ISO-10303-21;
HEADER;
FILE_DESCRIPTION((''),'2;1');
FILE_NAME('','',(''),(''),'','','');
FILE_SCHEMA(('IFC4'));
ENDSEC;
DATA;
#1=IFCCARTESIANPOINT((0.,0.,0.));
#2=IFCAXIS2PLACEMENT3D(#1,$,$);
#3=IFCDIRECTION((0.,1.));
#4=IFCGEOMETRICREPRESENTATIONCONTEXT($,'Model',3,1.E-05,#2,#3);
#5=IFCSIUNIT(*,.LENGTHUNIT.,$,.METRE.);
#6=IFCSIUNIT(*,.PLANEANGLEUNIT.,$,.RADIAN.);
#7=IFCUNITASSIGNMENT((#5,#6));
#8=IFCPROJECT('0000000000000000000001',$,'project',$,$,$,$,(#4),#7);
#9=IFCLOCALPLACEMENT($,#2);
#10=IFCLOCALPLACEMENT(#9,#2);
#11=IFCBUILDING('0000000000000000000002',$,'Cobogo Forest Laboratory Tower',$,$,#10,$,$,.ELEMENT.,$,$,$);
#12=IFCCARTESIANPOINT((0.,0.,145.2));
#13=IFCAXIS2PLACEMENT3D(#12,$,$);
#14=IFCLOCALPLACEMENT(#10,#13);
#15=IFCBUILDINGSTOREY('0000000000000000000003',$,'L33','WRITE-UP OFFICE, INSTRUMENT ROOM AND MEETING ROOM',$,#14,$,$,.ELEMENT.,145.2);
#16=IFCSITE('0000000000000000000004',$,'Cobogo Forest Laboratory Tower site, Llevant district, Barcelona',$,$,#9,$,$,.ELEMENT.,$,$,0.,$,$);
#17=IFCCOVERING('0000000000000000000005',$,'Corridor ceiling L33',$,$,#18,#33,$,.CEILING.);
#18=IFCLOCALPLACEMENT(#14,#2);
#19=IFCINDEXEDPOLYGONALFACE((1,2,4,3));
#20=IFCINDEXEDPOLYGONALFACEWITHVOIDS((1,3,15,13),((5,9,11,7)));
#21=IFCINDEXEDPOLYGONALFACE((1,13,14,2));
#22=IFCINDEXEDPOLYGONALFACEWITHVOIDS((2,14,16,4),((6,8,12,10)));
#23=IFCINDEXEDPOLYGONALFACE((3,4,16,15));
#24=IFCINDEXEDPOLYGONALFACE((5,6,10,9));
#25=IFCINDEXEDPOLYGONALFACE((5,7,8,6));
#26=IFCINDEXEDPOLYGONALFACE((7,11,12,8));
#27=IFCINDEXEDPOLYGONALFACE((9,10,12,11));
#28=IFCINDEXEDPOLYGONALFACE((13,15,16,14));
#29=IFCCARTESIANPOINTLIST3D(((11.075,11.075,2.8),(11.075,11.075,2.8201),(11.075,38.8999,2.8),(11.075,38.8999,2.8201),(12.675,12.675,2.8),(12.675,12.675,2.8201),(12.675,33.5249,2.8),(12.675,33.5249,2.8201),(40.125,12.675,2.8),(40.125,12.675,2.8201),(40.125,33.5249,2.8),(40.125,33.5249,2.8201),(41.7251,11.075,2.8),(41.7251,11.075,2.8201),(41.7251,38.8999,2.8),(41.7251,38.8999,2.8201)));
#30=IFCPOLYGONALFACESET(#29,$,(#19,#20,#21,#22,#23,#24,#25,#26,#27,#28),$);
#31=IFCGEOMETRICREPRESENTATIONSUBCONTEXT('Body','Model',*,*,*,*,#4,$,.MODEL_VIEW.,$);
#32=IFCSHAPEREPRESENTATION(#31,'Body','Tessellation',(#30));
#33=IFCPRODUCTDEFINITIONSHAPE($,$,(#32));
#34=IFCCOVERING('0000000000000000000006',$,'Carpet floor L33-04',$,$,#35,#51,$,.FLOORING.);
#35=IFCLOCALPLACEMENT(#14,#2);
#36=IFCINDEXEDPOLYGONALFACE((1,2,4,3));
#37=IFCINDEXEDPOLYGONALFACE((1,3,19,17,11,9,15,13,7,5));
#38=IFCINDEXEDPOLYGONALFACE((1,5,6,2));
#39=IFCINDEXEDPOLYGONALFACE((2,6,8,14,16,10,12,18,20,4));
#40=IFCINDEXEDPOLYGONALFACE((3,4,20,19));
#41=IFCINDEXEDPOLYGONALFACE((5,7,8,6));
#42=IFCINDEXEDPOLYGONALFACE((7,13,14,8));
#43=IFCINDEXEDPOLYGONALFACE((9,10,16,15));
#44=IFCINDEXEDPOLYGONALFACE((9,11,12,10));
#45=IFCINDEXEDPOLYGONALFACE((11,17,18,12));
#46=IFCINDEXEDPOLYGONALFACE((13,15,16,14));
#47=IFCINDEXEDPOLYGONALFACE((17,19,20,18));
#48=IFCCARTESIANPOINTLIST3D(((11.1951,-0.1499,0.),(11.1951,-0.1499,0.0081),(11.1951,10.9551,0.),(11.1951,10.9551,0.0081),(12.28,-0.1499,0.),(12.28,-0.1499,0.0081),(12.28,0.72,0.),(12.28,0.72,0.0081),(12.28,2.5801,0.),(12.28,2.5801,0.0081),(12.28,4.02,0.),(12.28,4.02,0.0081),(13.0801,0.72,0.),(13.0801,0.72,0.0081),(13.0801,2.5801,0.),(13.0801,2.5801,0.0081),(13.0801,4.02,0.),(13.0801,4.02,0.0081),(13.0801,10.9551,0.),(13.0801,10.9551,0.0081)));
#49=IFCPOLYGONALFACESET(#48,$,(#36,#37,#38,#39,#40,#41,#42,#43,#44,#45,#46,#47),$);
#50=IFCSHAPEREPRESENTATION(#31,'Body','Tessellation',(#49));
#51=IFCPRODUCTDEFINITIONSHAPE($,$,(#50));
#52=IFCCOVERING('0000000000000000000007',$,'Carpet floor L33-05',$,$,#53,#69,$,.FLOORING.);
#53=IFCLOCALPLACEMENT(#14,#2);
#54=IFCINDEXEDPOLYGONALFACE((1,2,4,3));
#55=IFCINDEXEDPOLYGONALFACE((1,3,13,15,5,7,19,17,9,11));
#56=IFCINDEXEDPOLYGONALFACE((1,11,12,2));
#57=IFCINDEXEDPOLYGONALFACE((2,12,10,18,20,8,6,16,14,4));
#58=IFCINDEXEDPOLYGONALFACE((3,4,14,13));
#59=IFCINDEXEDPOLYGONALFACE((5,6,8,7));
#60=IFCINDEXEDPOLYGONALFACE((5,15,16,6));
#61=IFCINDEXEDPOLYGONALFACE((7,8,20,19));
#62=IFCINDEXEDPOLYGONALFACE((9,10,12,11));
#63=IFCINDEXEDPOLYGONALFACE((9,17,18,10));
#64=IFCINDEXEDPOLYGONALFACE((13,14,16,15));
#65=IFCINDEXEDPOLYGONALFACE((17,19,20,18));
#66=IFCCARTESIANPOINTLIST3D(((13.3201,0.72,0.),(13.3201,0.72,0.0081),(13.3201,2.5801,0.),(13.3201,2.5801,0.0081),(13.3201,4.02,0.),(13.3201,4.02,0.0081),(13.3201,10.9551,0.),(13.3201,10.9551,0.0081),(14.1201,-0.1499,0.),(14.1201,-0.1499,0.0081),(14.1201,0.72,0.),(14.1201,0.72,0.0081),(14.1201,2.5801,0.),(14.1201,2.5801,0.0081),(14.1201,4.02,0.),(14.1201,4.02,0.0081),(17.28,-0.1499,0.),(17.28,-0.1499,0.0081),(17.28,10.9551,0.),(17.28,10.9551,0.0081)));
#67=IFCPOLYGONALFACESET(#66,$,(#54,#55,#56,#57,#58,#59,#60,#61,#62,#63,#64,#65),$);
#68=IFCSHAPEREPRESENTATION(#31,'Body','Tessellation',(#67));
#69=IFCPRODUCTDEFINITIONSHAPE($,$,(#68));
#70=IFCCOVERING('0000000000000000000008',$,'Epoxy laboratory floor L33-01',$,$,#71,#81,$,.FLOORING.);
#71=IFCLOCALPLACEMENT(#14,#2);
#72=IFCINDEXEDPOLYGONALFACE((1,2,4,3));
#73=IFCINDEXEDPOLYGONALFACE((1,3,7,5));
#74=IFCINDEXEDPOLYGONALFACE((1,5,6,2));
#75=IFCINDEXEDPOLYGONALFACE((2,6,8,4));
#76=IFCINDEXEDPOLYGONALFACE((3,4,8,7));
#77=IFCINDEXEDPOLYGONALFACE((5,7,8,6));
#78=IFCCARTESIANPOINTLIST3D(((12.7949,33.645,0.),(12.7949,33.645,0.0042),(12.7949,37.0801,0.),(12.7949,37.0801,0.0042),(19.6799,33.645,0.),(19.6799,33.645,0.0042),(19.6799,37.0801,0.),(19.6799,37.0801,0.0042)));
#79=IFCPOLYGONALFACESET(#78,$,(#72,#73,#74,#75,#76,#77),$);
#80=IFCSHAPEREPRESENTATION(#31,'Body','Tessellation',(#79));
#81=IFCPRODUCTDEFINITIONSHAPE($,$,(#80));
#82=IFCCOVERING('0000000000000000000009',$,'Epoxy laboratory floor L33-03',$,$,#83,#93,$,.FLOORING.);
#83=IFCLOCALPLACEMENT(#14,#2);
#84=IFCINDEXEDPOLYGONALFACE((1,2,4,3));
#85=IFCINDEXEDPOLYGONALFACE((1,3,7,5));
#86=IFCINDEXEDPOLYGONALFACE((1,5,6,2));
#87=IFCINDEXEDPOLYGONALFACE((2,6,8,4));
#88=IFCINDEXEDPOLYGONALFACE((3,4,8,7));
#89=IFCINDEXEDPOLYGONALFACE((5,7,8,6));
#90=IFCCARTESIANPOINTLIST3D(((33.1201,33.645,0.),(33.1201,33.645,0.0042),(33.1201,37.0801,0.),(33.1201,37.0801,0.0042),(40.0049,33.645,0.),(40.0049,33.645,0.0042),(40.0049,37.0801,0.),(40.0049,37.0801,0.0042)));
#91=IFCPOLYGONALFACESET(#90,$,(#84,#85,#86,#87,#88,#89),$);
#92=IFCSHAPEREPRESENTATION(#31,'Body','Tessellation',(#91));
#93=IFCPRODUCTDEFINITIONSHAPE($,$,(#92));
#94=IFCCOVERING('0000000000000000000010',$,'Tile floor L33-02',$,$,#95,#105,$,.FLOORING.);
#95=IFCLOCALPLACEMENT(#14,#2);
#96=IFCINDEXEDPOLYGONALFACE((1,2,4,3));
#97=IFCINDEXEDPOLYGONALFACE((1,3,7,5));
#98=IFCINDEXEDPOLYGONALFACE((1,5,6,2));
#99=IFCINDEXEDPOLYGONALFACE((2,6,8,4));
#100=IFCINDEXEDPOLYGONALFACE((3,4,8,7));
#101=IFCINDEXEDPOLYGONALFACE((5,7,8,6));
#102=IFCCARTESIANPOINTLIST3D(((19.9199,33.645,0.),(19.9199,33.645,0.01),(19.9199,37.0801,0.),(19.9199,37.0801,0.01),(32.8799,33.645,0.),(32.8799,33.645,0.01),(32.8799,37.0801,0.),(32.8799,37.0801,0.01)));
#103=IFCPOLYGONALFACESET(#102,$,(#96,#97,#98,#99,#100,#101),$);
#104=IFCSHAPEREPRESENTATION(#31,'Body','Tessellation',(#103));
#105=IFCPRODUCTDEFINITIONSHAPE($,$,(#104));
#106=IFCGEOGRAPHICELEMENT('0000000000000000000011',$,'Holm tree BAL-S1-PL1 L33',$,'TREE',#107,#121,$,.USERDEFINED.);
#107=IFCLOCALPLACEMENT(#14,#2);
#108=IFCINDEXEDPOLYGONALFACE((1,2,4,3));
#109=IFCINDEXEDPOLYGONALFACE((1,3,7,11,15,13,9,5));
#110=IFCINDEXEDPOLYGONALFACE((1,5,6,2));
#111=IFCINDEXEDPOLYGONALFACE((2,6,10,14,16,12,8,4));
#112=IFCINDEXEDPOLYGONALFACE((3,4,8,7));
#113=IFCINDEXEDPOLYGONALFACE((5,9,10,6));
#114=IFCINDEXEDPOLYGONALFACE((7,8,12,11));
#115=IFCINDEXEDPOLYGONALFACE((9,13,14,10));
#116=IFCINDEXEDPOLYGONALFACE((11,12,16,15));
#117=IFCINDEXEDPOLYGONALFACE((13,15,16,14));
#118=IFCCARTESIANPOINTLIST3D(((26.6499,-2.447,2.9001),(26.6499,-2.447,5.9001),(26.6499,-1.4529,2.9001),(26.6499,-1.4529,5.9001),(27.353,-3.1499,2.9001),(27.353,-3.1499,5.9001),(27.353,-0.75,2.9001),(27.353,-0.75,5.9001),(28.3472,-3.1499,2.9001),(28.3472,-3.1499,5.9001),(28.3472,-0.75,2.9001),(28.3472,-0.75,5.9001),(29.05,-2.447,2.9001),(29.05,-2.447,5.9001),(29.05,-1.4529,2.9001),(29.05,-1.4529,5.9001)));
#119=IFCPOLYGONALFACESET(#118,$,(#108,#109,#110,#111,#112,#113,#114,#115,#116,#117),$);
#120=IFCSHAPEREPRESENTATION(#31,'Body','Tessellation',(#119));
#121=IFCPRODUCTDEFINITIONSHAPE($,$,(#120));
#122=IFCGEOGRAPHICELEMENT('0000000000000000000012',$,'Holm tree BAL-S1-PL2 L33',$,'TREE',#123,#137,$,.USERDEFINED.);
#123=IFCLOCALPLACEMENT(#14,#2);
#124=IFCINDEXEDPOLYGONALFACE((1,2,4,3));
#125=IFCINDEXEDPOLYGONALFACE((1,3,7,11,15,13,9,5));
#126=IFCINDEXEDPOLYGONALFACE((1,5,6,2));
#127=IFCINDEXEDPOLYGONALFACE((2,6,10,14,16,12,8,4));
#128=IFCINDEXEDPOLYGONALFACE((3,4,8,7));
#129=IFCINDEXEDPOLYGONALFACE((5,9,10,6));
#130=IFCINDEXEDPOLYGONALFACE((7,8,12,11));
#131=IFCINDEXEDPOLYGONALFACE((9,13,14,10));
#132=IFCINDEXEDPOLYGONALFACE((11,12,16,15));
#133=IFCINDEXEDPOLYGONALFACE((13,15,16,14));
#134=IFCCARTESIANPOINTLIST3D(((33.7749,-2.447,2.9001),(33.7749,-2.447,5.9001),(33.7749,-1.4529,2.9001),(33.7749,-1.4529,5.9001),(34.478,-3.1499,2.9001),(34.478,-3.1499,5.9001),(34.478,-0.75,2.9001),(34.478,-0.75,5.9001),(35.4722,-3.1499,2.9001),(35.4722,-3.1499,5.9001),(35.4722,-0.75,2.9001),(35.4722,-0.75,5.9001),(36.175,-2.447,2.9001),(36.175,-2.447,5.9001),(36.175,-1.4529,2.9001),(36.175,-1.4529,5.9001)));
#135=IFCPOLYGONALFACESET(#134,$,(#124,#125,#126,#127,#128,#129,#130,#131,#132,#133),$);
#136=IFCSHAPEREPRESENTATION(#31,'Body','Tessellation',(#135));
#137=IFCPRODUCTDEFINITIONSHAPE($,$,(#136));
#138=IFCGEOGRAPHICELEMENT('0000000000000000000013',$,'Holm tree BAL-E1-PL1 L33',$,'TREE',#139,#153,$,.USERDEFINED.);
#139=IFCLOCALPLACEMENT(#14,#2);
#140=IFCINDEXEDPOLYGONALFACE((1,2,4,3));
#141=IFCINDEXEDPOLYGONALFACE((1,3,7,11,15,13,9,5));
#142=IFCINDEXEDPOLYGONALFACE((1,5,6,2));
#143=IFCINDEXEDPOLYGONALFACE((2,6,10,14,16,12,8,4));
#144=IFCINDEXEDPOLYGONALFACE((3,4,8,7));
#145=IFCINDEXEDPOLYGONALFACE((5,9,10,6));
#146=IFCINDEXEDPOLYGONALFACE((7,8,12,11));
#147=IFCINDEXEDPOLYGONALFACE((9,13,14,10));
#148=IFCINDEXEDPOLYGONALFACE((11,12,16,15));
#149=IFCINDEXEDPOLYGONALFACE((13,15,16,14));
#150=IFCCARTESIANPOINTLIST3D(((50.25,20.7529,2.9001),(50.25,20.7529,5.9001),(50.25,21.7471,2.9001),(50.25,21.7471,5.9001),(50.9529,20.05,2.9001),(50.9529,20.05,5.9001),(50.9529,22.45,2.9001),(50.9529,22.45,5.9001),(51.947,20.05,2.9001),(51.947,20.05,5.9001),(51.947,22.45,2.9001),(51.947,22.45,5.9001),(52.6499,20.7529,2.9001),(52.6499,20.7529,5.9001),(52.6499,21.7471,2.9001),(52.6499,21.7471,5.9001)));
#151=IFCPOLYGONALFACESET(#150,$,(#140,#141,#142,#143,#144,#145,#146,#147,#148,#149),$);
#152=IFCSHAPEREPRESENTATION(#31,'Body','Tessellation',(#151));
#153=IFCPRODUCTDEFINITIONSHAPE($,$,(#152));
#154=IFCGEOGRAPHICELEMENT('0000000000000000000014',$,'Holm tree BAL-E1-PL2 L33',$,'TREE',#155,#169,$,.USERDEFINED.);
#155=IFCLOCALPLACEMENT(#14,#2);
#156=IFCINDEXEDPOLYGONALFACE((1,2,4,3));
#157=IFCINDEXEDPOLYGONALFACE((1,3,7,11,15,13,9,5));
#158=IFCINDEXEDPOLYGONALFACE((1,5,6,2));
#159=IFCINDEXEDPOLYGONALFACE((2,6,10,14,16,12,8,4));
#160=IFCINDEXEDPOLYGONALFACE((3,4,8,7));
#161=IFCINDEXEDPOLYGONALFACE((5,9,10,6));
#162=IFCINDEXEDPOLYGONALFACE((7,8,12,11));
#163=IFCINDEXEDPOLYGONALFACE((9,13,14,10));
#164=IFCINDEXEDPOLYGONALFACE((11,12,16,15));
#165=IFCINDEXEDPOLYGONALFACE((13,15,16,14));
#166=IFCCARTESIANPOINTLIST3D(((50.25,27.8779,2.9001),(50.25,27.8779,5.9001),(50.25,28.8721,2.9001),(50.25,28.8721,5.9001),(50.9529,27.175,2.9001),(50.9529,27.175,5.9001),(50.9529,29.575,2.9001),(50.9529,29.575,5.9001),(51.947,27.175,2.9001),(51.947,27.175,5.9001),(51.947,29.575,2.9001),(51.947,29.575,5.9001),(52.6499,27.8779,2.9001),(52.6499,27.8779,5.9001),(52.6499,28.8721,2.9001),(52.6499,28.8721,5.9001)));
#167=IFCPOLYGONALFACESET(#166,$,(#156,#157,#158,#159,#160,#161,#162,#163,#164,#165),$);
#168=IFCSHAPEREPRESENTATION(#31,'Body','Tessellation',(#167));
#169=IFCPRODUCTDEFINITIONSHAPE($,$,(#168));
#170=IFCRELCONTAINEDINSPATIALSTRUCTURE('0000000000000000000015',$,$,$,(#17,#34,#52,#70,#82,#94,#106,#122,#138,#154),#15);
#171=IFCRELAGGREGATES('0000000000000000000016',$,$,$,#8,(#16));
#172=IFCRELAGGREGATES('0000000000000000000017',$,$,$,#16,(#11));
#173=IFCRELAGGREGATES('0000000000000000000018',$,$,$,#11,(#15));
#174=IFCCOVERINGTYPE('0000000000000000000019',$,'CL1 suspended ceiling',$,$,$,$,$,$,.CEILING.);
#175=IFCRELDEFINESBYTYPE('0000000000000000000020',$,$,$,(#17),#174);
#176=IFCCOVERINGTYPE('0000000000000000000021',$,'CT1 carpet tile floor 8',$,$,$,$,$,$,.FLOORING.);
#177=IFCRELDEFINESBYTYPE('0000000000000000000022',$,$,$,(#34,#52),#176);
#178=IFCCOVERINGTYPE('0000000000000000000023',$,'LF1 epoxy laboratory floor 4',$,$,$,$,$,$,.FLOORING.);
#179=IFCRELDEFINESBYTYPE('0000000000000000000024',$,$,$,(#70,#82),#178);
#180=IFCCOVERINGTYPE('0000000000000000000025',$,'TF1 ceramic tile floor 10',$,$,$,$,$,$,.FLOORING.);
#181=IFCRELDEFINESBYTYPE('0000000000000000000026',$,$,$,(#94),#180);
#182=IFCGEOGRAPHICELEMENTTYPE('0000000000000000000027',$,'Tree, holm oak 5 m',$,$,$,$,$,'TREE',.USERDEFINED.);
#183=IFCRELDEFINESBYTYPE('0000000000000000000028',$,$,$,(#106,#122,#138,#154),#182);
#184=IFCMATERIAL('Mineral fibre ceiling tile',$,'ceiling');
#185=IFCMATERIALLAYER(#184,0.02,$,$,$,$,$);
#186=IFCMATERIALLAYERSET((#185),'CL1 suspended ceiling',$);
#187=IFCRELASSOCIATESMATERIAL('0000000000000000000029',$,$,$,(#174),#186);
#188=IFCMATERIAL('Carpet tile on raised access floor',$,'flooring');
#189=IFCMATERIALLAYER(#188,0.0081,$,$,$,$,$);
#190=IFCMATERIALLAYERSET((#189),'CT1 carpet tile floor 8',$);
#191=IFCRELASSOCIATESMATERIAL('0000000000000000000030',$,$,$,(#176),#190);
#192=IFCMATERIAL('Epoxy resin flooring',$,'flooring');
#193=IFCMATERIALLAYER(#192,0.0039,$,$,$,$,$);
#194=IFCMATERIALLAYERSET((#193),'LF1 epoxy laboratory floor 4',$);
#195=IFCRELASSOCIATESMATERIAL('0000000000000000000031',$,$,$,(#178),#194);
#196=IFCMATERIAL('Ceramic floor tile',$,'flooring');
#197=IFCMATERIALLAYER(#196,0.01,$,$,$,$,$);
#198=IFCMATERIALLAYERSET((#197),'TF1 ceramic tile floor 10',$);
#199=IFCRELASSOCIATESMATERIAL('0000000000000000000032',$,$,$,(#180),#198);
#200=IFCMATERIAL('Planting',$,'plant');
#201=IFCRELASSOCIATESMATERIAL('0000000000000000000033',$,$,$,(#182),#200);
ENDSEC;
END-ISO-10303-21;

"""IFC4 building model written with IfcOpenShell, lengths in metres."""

from ifc_helpers import new_model, si_unit, direction, frame, origin, place, context, subcontext, project, spatial, polyline, outline, extrude, material, layer, layer_set, type_object, element, save


model = new_model("IFC4")

# Units and contexts
model_context = context("Model", 3, precision=1e-05, world=origin(), true_north=direction((0.0, 1.0)))
body_context = subcontext(model_context, "Body", "Model", "MODEL_VIEW")
ifc_project = project(units=[si_unit("LENGTHUNIT", "METRE"), si_unit("PLANEANGLEUNIT", "RADIAN")], contexts=[model_context])

# Site, building, storey
site_placement = place(None, origin())
site = spatial("IfcSite", under=ifc_project, at=site_placement, Name="Cobogo Forest Laboratory Tower site, Llevant district, Barcelona", CompositionType="ELEMENT", RefElevation=0.0)
building_placement = place(site_placement, origin())
building = spatial("IfcBuilding", under=site, at=building_placement, Name="Cobogo Forest Laboratory Tower", CompositionType="ELEMENT")
storey_placement = place(building_placement, frame((0.0, 0.0, 145.2)))
storey = spatial("IfcBuildingStorey", under=building, at=storey_placement, Name="L33", Description="WRITE-UP OFFICE, INSTRUMENT ROOM AND MEETING ROOM", CompositionType="ELEMENT", Elevation=145.2)

# Coverings
ifc_material_1 = material(Name="Mineral fibre ceiling tile", Category="ceiling")
ifc_layer_1 = layer(ifc_material_1, 0.02)
ifc_layer_set_1 = layer_set([ifc_layer_1], Name="CL1 suspended ceiling")
covering_type_1 = type_object("IfcCoveringType", Name="CL1 suspended ceiling", PredefinedType="CEILING", material=ifc_layer_set_1)
covering_1_placement = place(storey_placement, frame((0.0, 0.0, 2.8)))
element("IfcCovering", 1, at=covering_1_placement, inside=storey, type_object=covering_type_1, Name="Corridor ceiling L33", PredefinedType="CEILING", context=body_context, shape_type="SweptSolid", body=[
    extrude(outline(polyline([(11.075, 11.075), (11.075, 38.8999), (41.7251, 38.8999), (41.7251, 11.075), (11.075, 11.075)]), holes=[polyline([(40.125, 33.5249), (12.675, 33.5249), (12.675, 12.675), (40.125, 12.675), (40.125, 33.5249)])]), origin(), (0.0, 0.0, 1.0), 0.02),
])
ifc_material_2 = material(Name="Carpet tile on raised access floor", Category="flooring")
ifc_layer_2 = layer(ifc_material_2, 0.0081)
ifc_layer_set_2 = layer_set([ifc_layer_2], Name="CT1 carpet tile floor 8")
covering_type_2 = type_object("IfcCoveringType", Name="CT1 carpet tile floor 8", PredefinedType="FLOORING", material=ifc_layer_set_2)
covering_2_placement = place(storey_placement, origin())
element("IfcCovering", 2, at=covering_2_placement, inside=storey, type_object=covering_type_2, Name="Carpet floor L33-04", PredefinedType="FLOORING", context=body_context, shape_type="SweptSolid", body=[
    extrude(outline(polyline([(13.0801, 10.9551), (13.0801, 4.02), (12.28, 4.02), (12.28, 2.5801), (13.0801, 2.5801), (13.0801, 0.72), (12.28, 0.72), (12.28, -0.1499), (11.1951, -0.1499), (11.1951, 10.9551), (13.0801, 10.9551)])), origin(), (0.0, 0.0, 1.0), 0.0081),
])
covering_3_placement = place(storey_placement, origin())
element("IfcCovering", 3, at=covering_3_placement, inside=storey, type_object=covering_type_2, Name="Carpet floor L33-05", PredefinedType="FLOORING", context=body_context, shape_type="SweptSolid", body=[
    extrude(outline(polyline([(17.28, 10.9551), (17.28, -0.1499), (14.1201, -0.1499), (14.1201, 0.72), (13.3201, 0.72), (13.3201, 2.5801), (14.1201, 2.5801), (14.1201, 4.02), (13.3201, 4.02), (13.3201, 10.9551), (17.28, 10.9551)])), origin(), (0.0, 0.0, 1.0), 0.0081),
])
ifc_material_3 = material(Name="Epoxy resin flooring", Category="flooring")
ifc_layer_3 = layer(ifc_material_3, 0.0039)
ifc_layer_set_3 = layer_set([ifc_layer_3], Name="LF1 epoxy laboratory floor 4")
covering_type_3 = type_object("IfcCoveringType", Name="LF1 epoxy laboratory floor 4", PredefinedType="FLOORING", material=ifc_layer_set_3)
covering_4_placement = place(storey_placement, origin())
element("IfcCovering", 4, at=covering_4_placement, inside=storey, type_object=covering_type_3, Name="Epoxy laboratory floor L33-01", PredefinedType="FLOORING", context=body_context, shape_type="SweptSolid", body=[
    extrude(outline(polyline([(19.6799, 33.645), (12.7949, 33.645), (12.7949, 37.0801), (19.6799, 37.0801), (19.6799, 33.645)])), origin(), (0.0, 0.0, 1.0), 0.0042),
])
covering_5_placement = place(storey_placement, origin())
element("IfcCovering", 5, at=covering_5_placement, inside=storey, type_object=covering_type_3, Name="Epoxy laboratory floor L33-03", PredefinedType="FLOORING", context=body_context, shape_type="SweptSolid", body=[
    extrude(outline(polyline([(40.0049, 33.645), (33.1201, 33.645), (33.1201, 37.0801), (40.0049, 37.0801), (40.0049, 33.645)])), origin(), (0.0, 0.0, 1.0), 0.0042),
])
ifc_material_4 = material(Name="Ceramic floor tile", Category="flooring")
ifc_layer_4 = layer(ifc_material_4, 0.01)
ifc_layer_set_4 = layer_set([ifc_layer_4], Name="TF1 ceramic tile floor 10")
covering_type_4 = type_object("IfcCoveringType", Name="TF1 ceramic tile floor 10", PredefinedType="FLOORING", material=ifc_layer_set_4)
covering_6_placement = place(storey_placement, origin())
element("IfcCovering", 6, at=covering_6_placement, inside=storey, type_object=covering_type_4, Name="Tile floor L33-02", PredefinedType="FLOORING", context=body_context, shape_type="SweptSolid", body=[
    extrude(outline(polyline([(32.8799, 33.645), (19.9199, 33.645), (19.9199, 37.0801), (32.8799, 37.0801), (32.8799, 33.645)])), origin(), (0.0, 0.0, 1.0), 0.01),
])

# Geographic elements
ifc_material_5 = material(Name="Planting", Category="plant")
geographic_element_type = type_object("IfcGeographicElementType", Name="Tree, holm oak 5 m", ElementType="TREE", PredefinedType="USERDEFINED", material=ifc_material_5)
geographic_element_1_placement = place(storey_placement, frame((0.0, 0.0, 2.9001)))
element("IfcGeographicElement", 7, at=geographic_element_1_placement, inside=storey, type_object=geographic_element_type, Name="Holm tree BAL-S1-PL1 L33", ObjectType="TREE", PredefinedType="USERDEFINED", context=body_context, shape_type="SweptSolid", body=[
    extrude(outline(polyline([(29.05, -2.447), (29.05, -1.4529), (28.3472, -0.75), (27.353, -0.75), (26.6499, -1.4529), (26.6499, -2.447), (27.353, -3.1499), (28.3472, -3.1499), (29.05, -2.447)])), origin(), (0.0, 0.0, 1.0), 3.0),
])
geographic_element_2_placement = place(storey_placement, frame((0.0, 0.0, 2.9001)))
element("IfcGeographicElement", 8, at=geographic_element_2_placement, inside=storey, type_object=geographic_element_type, Name="Holm tree BAL-S1-PL2 L33", ObjectType="TREE", PredefinedType="USERDEFINED", context=body_context, shape_type="SweptSolid", body=[
    extrude(outline(polyline([(36.175, -2.447), (36.175, -1.4529), (35.4722, -0.75), (34.478, -0.75), (33.7749, -1.4529), (33.7749, -2.447), (34.478, -3.1499), (35.4722, -3.1499), (36.175, -2.447)])), origin(), (0.0, 0.0, 1.0), 3.0),
])
geographic_element_3_placement = place(storey_placement, frame((0.0, 0.0, 2.9001)))
element("IfcGeographicElement", 9, at=geographic_element_3_placement, inside=storey, type_object=geographic_element_type, Name="Holm tree BAL-E1-PL1 L33", ObjectType="TREE", PredefinedType="USERDEFINED", context=body_context, shape_type="SweptSolid", body=[
    extrude(outline(polyline([(52.6499, 20.7529), (52.6499, 21.7471), (51.947, 22.45), (50.9529, 22.45), (50.25, 21.7471), (50.25, 20.7529), (50.9529, 20.05), (51.947, 20.05), (52.6499, 20.7529)])), origin(), (0.0, 0.0, 1.0), 3.0),
])
geographic_element_4_placement = place(storey_placement, frame((0.0, 0.0, 2.9001)))
element("IfcGeographicElement", 10, at=geographic_element_4_placement, inside=storey, type_object=geographic_element_type, Name="Holm tree BAL-E1-PL2 L33", ObjectType="TREE", PredefinedType="USERDEFINED", context=body_context, shape_type="SweptSolid", body=[
    extrude(outline(polyline([(52.6499, 27.8779), (52.6499, 28.8721), (51.947, 29.575), (50.9529, 29.575), (50.25, 28.8721), (50.25, 27.8779), (50.9529, 27.175), (51.947, 27.175), (52.6499, 27.8779)])), origin(), (0.0, 0.0, 1.0), 3.0),
])

save(model, "model.ifc")
